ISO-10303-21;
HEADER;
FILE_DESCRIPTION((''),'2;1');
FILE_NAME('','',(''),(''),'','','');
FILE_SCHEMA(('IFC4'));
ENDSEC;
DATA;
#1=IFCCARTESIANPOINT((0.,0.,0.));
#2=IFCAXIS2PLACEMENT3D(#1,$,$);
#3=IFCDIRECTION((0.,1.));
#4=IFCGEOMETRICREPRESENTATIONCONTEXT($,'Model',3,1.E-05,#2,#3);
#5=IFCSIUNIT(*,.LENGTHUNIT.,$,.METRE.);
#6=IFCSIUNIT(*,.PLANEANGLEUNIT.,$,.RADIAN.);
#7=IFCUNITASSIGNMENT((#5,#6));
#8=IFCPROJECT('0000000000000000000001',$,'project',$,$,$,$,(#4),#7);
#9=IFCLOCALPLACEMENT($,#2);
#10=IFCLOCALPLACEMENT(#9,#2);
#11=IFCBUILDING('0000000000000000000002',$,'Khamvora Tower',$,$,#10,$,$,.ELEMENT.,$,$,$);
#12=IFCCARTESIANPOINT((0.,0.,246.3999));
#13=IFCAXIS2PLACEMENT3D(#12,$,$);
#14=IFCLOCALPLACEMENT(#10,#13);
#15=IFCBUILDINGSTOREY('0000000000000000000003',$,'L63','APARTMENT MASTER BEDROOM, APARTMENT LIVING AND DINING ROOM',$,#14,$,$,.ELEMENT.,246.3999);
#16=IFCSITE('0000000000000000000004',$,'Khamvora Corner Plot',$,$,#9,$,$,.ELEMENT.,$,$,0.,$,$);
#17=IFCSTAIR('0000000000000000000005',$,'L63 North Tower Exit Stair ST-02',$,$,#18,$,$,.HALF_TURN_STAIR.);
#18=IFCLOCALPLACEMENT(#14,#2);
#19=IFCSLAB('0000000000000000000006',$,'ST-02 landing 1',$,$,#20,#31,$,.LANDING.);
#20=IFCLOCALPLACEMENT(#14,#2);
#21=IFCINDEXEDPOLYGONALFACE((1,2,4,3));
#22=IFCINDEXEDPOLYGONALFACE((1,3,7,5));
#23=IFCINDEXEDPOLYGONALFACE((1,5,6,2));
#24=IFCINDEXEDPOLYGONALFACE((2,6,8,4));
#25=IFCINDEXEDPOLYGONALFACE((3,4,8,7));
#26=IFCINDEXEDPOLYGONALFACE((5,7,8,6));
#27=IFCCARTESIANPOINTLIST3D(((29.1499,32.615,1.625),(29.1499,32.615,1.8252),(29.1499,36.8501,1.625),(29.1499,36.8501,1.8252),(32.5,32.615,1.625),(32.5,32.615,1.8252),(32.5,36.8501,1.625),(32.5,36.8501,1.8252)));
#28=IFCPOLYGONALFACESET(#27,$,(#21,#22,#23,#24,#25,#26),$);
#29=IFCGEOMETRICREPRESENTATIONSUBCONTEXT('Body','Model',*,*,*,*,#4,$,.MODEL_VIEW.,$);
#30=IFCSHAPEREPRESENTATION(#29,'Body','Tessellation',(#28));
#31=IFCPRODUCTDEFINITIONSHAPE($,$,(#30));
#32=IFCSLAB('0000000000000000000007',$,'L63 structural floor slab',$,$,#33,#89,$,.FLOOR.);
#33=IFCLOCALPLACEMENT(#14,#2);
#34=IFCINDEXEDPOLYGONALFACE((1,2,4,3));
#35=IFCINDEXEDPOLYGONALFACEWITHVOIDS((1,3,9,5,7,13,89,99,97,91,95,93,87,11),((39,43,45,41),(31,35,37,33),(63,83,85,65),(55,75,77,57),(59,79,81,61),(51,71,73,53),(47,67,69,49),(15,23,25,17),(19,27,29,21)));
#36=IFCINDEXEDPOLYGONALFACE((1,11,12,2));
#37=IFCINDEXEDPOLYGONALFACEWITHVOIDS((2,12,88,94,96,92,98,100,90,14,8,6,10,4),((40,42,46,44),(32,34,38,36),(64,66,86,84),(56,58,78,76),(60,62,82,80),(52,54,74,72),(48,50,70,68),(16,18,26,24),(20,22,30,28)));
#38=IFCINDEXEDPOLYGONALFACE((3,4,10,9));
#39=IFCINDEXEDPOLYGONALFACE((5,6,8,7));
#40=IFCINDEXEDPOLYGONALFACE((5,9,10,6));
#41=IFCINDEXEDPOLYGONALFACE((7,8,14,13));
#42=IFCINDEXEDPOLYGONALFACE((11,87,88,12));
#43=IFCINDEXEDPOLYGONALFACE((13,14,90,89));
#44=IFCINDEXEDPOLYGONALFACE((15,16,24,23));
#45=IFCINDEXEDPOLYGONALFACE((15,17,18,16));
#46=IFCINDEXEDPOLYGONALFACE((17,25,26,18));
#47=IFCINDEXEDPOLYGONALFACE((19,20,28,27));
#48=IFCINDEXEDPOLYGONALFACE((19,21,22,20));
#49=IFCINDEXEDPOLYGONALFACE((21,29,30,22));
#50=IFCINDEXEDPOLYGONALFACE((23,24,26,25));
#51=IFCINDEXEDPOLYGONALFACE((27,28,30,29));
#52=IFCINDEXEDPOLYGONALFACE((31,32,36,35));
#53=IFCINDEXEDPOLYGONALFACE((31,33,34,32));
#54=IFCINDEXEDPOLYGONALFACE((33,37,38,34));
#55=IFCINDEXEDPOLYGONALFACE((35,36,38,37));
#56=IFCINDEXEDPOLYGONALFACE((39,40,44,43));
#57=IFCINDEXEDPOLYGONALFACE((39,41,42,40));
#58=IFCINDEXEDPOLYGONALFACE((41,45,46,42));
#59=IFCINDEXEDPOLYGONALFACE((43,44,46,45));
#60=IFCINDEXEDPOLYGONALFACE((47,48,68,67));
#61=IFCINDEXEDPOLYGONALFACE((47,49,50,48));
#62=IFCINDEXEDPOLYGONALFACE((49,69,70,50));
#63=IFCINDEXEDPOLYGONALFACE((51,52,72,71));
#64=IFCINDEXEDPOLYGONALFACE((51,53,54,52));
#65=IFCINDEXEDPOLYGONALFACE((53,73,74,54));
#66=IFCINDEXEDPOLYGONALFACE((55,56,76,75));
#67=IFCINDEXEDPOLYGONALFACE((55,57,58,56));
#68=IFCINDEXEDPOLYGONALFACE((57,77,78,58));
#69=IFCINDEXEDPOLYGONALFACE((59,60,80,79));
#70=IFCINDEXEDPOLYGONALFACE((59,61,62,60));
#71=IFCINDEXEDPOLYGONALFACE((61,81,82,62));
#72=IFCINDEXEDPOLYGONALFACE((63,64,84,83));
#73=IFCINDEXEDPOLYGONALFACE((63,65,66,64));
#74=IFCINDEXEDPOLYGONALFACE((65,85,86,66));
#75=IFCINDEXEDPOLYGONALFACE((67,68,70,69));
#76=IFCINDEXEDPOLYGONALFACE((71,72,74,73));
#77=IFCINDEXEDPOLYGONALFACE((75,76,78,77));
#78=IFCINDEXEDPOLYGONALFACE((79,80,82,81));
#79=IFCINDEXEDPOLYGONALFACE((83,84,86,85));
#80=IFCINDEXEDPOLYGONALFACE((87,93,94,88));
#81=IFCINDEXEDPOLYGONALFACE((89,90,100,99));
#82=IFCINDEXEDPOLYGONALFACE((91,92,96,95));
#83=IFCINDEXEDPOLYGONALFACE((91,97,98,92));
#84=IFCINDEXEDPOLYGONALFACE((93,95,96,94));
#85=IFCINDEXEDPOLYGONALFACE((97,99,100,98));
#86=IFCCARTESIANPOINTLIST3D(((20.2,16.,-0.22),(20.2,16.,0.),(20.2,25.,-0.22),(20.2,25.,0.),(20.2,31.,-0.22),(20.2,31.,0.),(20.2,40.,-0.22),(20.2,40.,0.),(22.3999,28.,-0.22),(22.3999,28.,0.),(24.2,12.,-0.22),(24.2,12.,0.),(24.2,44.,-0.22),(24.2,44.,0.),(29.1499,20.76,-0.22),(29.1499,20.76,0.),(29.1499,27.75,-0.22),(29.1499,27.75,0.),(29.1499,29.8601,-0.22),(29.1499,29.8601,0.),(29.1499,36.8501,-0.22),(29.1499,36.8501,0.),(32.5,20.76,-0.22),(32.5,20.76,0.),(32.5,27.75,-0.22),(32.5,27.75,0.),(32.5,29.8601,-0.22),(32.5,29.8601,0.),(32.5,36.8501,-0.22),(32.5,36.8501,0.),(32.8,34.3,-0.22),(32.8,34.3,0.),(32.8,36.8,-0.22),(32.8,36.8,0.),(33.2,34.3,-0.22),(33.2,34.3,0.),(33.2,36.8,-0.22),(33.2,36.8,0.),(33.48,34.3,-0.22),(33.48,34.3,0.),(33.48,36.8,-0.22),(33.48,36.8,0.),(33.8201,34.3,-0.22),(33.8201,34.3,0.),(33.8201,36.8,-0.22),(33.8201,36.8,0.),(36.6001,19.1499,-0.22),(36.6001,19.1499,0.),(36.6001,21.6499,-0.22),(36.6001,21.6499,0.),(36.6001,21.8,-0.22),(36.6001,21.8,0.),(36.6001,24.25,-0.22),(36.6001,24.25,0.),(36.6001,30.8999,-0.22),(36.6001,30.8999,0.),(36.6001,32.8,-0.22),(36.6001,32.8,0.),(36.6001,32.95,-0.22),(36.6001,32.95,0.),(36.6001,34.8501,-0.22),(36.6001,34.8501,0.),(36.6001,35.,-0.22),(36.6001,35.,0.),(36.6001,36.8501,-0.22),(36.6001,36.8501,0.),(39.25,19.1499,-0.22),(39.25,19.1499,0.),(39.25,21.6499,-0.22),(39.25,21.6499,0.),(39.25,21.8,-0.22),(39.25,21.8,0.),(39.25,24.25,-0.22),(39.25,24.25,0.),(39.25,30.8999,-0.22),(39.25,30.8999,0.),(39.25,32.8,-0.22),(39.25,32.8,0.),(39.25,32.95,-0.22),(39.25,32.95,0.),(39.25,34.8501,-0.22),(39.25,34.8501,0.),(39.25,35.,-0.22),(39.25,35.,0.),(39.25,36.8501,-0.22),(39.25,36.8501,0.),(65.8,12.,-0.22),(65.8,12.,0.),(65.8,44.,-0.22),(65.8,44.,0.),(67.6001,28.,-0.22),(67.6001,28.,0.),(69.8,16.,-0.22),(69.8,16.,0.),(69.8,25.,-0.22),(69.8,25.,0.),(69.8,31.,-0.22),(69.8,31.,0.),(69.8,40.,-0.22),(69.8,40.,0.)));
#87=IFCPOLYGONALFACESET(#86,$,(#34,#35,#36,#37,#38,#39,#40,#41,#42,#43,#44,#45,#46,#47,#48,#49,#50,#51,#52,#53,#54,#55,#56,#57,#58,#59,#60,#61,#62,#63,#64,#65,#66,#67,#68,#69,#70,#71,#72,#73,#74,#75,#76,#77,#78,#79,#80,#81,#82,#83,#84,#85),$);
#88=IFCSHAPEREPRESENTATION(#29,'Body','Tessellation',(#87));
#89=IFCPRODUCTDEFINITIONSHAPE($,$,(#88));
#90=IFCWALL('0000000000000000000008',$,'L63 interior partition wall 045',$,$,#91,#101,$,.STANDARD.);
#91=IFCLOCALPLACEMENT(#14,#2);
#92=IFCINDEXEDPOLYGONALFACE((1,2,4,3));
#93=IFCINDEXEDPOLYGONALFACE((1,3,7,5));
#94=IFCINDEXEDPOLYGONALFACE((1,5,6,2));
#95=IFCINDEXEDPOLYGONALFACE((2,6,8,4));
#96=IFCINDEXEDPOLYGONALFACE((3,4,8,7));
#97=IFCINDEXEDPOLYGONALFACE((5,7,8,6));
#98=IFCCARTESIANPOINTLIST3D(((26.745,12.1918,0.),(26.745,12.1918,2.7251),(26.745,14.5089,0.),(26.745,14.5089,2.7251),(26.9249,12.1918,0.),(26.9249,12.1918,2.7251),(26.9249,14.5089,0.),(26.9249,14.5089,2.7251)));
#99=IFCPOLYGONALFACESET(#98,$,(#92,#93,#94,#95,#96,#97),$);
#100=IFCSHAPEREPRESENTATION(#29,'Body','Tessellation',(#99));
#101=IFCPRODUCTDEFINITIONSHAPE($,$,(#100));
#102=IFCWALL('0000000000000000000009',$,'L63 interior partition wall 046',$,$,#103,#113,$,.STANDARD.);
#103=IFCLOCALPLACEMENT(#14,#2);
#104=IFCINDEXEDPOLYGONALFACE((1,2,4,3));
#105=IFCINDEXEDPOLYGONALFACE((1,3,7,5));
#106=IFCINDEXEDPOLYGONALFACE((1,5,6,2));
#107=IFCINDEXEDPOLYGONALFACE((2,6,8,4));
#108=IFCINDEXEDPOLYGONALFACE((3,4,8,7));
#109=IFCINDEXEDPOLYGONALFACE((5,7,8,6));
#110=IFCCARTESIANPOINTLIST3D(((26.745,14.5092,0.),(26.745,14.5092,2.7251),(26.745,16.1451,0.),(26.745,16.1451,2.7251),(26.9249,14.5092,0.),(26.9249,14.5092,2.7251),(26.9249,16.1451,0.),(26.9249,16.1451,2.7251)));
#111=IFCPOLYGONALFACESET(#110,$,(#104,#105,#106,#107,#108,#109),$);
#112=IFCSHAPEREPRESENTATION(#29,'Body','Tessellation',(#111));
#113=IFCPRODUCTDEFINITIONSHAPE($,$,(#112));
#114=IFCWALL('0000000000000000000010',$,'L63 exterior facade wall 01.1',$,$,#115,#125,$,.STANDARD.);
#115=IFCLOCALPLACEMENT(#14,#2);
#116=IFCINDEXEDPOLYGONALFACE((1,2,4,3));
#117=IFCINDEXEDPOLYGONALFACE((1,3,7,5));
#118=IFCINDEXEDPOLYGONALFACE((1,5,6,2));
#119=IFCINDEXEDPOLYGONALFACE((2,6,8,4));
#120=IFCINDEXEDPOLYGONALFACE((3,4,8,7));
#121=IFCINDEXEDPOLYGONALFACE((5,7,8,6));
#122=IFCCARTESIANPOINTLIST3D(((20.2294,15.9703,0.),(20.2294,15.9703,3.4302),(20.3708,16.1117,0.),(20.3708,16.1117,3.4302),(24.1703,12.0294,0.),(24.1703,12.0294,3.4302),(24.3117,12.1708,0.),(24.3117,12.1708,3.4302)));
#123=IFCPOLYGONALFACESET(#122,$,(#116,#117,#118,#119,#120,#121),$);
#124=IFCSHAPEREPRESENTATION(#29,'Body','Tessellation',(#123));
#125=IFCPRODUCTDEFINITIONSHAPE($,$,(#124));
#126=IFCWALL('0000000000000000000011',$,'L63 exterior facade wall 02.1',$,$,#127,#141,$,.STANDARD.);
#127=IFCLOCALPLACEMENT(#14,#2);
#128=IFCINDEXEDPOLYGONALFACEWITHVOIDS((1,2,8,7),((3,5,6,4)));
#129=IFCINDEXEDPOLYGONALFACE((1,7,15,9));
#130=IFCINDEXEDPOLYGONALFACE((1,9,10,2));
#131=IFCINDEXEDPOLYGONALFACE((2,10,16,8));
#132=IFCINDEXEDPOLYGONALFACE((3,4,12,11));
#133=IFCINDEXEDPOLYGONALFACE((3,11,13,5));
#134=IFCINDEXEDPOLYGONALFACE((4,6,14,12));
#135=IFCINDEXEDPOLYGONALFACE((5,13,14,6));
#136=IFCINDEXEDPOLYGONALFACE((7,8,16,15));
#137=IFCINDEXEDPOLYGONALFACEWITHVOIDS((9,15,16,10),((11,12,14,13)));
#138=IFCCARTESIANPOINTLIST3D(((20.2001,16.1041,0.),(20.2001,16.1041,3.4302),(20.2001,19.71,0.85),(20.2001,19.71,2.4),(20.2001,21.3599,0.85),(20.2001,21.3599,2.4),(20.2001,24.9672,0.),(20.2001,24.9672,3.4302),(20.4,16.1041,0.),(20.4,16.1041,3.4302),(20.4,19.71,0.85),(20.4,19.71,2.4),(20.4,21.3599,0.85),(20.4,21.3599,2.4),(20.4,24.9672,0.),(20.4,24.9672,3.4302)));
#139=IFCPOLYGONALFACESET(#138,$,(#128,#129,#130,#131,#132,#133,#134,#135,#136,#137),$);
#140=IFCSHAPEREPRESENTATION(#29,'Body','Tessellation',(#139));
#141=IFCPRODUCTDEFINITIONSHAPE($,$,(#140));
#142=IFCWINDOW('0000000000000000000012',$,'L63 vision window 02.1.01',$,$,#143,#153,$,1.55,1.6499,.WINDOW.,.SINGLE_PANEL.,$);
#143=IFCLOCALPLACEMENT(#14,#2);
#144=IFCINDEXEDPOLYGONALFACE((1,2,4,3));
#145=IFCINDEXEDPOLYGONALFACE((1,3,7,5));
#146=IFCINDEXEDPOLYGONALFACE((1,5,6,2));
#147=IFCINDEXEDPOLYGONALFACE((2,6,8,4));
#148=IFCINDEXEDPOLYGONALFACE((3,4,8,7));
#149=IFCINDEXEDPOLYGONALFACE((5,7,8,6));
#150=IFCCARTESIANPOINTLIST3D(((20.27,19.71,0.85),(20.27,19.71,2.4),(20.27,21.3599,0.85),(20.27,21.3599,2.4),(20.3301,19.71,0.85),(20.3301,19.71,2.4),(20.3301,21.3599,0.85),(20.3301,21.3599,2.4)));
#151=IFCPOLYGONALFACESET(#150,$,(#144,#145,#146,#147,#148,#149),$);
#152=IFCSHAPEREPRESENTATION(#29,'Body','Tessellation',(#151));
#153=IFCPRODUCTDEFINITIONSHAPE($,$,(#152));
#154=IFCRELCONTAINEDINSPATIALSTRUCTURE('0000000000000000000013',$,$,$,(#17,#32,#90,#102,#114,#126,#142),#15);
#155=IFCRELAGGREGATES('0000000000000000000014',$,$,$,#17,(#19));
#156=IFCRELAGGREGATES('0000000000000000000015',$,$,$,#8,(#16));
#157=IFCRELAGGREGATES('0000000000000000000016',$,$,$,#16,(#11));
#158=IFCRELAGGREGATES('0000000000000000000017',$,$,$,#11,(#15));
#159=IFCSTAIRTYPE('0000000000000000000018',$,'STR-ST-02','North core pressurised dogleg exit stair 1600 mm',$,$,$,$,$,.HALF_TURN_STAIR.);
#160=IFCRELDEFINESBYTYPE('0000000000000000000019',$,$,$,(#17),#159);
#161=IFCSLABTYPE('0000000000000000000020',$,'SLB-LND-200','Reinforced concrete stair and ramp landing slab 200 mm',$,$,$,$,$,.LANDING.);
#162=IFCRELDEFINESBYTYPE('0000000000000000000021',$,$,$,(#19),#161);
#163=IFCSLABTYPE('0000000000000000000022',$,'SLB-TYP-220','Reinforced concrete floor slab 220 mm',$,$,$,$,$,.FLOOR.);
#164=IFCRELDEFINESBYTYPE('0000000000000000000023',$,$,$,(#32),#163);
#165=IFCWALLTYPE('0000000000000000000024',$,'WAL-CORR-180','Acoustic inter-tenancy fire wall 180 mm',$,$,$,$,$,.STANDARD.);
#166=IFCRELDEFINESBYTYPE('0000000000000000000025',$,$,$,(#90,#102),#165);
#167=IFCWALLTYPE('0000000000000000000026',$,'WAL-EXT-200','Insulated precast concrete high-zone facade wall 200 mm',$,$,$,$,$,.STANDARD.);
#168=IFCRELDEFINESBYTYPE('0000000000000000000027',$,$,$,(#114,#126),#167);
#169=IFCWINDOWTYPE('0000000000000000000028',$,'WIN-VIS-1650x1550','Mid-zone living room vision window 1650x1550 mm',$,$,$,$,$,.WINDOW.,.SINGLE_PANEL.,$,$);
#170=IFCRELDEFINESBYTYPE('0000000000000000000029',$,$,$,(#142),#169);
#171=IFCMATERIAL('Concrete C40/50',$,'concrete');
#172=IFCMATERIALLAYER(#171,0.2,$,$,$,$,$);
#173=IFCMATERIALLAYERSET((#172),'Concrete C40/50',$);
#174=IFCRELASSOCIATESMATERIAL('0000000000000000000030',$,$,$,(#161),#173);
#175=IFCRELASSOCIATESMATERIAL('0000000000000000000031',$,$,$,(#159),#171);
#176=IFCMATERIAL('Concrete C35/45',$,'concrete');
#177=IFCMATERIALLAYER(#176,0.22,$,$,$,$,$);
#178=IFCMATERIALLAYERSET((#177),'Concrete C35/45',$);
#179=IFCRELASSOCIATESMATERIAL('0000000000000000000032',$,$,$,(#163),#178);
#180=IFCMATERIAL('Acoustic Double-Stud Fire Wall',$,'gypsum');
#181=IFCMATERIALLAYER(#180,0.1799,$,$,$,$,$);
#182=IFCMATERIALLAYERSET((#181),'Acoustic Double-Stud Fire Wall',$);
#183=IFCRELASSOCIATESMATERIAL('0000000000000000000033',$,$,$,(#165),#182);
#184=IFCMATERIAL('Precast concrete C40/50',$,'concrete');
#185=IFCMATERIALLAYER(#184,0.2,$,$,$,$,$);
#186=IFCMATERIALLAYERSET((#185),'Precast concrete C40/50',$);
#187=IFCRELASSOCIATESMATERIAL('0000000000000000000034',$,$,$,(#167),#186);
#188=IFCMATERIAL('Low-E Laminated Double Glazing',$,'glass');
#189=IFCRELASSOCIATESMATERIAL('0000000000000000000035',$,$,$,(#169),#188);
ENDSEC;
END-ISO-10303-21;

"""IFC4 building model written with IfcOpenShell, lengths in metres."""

from ifc_helpers import new_model, si_unit, direction, frame, frame_2d, origin, place, context, subcontext, project, spatial, polyline, rectangle, outline, extrude, material, layer, layer_set, type_object, element, fill, aggregate, save


model = new_model("IFC4")

# Units and contexts
model_context = context("Model", 3, precision=1e-05, world=origin(), true_north=direction((0.0, 1.0)))
body_context = subcontext(model_context, "Body", "Model", "MODEL_VIEW")
ifc_project = project(units=[si_unit("LENGTHUNIT", "METRE"), si_unit("PLANEANGLEUNIT", "RADIAN")], contexts=[model_context])

# Site, building, storey
site_placement = place(None, origin())
site = spatial("IfcSite", under=ifc_project, at=site_placement, Name="Khamvora Corner Plot", CompositionType="ELEMENT", RefElevation=0.0)
building_placement = place(site_placement, origin())
building = spatial("IfcBuilding", under=site, at=building_placement, Name="Khamvora Tower", CompositionType="ELEMENT")
storey_placement = place(building_placement, frame((0.0, 0.0, 246.3999)))
storey = spatial("IfcBuildingStorey", under=building, at=storey_placement, Name="L63", Description="APARTMENT MASTER BEDROOM, APARTMENT LIVING AND DINING ROOM", CompositionType="ELEMENT", Elevation=246.3999)

# Stair, slab
ifc_material_1 = material(Name="Concrete C40/50", Category="concrete")
ifc_layer_1 = layer(ifc_material_1, 0.2)
ifc_layer_set_1 = layer_set([ifc_layer_1], Name="Concrete C40/50")
slab_type_1 = type_object("IfcSlabType", Name="SLB-LND-200", Description="Reinforced concrete stair and ramp landing slab 200 mm", PredefinedType="LANDING", material=ifc_layer_set_1)
stair_type_1 = type_object("IfcStairType", Name="STR-ST-02", Description="North core pressurised dogleg exit stair 1600 mm", PredefinedType="HALF_TURN_STAIR", material=ifc_material_1)
stair_1_placement = place(storey_placement, origin())
stair_1 = element("IfcStair", 1, at=stair_1_placement, inside=storey, type_object=stair_type_1, Name="L63 North Tower Exit Stair ST-02", PredefinedType="HALF_TURN_STAIR")
slab_1_placement = place(storey_placement, frame((0.0, 0.0, 1.625)))
slab_1 = element("IfcSlab", 2, at=slab_1_placement, type_object=slab_type_1, Name="ST-02 landing 1", PredefinedType="LANDING", context=body_context, shape_type="SweptSolid", body=[
    extrude(outline(polyline([(32.5, 32.615), (32.5, 36.8501), (29.1499, 36.8501), (29.1499, 32.615), (32.5, 32.615)])), origin(), (0.0, 0.0, 1.0), 0.2002),
])
aggregate(stair_1, [slab_1])

# Slab
ifc_material_2 = material(Name="Concrete C35/45", Category="concrete")
ifc_layer_2 = layer(ifc_material_2, 0.22)
ifc_layer_set_2 = layer_set([ifc_layer_2], Name="Concrete C35/45")
slab_type_2 = type_object("IfcSlabType", Name="SLB-TYP-220", Description="Reinforced concrete floor slab 220 mm", PredefinedType="FLOOR", material=ifc_layer_set_2)
slab_2_placement = place(storey_placement, frame((0.0, 0.0, -0.22)))
element("IfcSlab", 3, at=slab_2_placement, inside=storey, type_object=slab_type_2, Name="L63 structural floor slab", PredefinedType="FLOOR", context=body_context, shape_type="SweptSolid", body=[
    extrude(outline(polyline([(24.2, 12.0), (65.8, 12.0), (69.8, 16.0), (69.8, 25.0), (67.6001, 28.0), (69.8, 31.0), (69.8, 40.0), (65.8, 44.0), (24.2, 44.0), (20.2, 40.0), (20.2, 31.0), (22.3999, 28.0), (20.2, 25.0), (20.2, 16.0), (24.2, 12.0)]), holes=[polyline([(32.5, 20.76), (32.5, 27.75), (29.1499, 27.75), (29.1499, 20.76), (32.5, 20.76)]), polyline([(32.5, 29.8601), (32.5, 36.8501), (29.1499, 36.8501), (29.1499, 29.8601), (32.5, 29.8601)]), polyline([(36.6001, 19.1499), (39.25, 19.1499), (39.25, 21.6499), (36.6001, 21.6499), (36.6001, 19.1499)]), polyline([(36.6001, 21.8), (39.25, 21.8), (39.25, 24.25), (36.6001, 24.25), (36.6001, 21.8)]), polyline([(36.6001, 30.8999), (39.25, 30.8999), (39.25, 32.8), (36.6001, 32.8), (36.6001, 30.8999)]), polyline([(36.6001, 32.95), (39.25, 32.95), (39.25, 34.8501), (36.6001, 34.8501), (36.6001, 32.95)]), polyline([(36.6001, 35.0), (39.25, 35.0), (39.25, 36.8501), (36.6001, 36.8501), (36.6001, 35.0)]), polyline([(32.8, 34.3), (33.2, 34.3), (33.2, 36.8), (32.8, 36.8), (32.8, 34.3)]), polyline([(33.48, 34.3), (33.8201, 34.3), (33.8201, 36.8), (33.48, 36.8), (33.48, 34.3)])]), origin(), (0.0, 0.0, 1.0), 0.22),
])

# Walls
ifc_material_3 = material(Name="Acoustic Double-Stud Fire Wall", Category="gypsum")
ifc_layer_3 = layer(ifc_material_3, 0.1799)
ifc_layer_set_3 = layer_set([ifc_layer_3], Name="Acoustic Double-Stud Fire Wall")
wall_type_1 = type_object("IfcWallType", Name="WAL-CORR-180", Description="Acoustic inter-tenancy fire wall 180 mm", PredefinedType="STANDARD", material=ifc_layer_set_3)
wall_1_placement = place(storey_placement, frame((26.835, 14.509, 0.0), z_axis=(0.0, 0.0, 1.0), x_axis=(0.0, -1.0, 0.0)))
element("IfcWall", 4, at=wall_1_placement, inside=storey, type_object=wall_type_1, Name="L63 interior partition wall 045", PredefinedType="STANDARD", context=body_context, shape_type="SweptSolid", body=[
    extrude(rectangle(XDim=2.3171, YDim=0.1799, at=frame_2d((1.1587, 0.0))), origin(), (0.0, 0.0, 1.0), 2.7251),
])
wall_2_placement = place(storey_placement, frame((26.835, 16.145, 0.0), z_axis=(0.0, 0.0, 1.0), x_axis=(0.0, -1.0, 0.0)))
element("IfcWall", 5, at=wall_2_placement, inside=storey, type_object=wall_type_1, Name="L63 interior partition wall 046", PredefinedType="STANDARD", context=body_context, shape_type="SweptSolid", body=[
    extrude(rectangle(XDim=1.636, YDim=0.1799, at=frame_2d((0.8179, 0.0))), origin(), (0.0, 0.0, 1.0), 2.7251),
])
ifc_material_4 = material(Name="Precast concrete C40/50", Category="concrete")
ifc_layer_4 = layer(ifc_material_4, 0.2)
ifc_layer_set_4 = layer_set([ifc_layer_4], Name="Precast concrete C40/50")
wall_type_2 = type_object("IfcWallType", Name="WAL-EXT-200", Description="Insulated precast concrete high-zone facade wall 200 mm", PredefinedType="STANDARD", material=ifc_layer_set_4)
wall_3_placement = place(storey_placement, frame((24.241, 12.1001, 0.0), z_axis=(0.0, 0.0, 1.0), x_axis=(-0.707107, 0.707107, 0.0)))
element("IfcWall", 6, at=wall_3_placement, inside=storey, type_object=wall_type_2, Name="L63 exterior facade wall 01.1", PredefinedType="STANDARD", context=body_context, shape_type="SweptSolid", body=[
    extrude(rectangle(XDim=5.5732, YDim=0.2, at=frame_2d((2.7866, 0.0))), origin(), (0.0, 0.0, 1.0), 3.4302),
])

# Wall, opening, window
wall_4_placement = place(storey_placement, frame((20.3, 16.104, 0.0), z_axis=(0.0, 0.0, 1.0), x_axis=(0.0, 1.0, 0.0)))
wall_4 = element("IfcWall", 7, at=wall_4_placement, inside=storey, type_object=wall_type_2, Name="L63 exterior facade wall 02.1", PredefinedType="STANDARD", context=body_context, shape_type="SweptSolid", body=[
    extrude(rectangle(XDim=8.863, YDim=0.2, at=frame_2d((4.4316, 0.0))), origin(), (0.0, 0.0, 1.0), 3.4302),
])
opening_1_placement = place(wall_4_placement, frame((3.606, 0.0, 0.8501)))
opening_1 = element("IfcOpeningElement", 8, at=opening_1_placement, cuts=wall_4, PredefinedType="OPENING", context=body_context, shape_type="SweptSolid", body=[
    extrude(rectangle(XDim=1.6499, YDim=1.55, at=frame_2d((0.825, 0.7749))), frame((0.0, 0.1099, 0.0), z_axis=(0.0, -1.0, 0.0), x_axis=(1.0, 0.0, 0.0)), (0.0, 0.0, 1.0), 0.22),
])
ifc_material_5 = material(Name="Low-E Laminated Double Glazing", Category="glass")
window_type = type_object("IfcWindowType", Name="WIN-VIS-1650x1550", Description="Mid-zone living room vision window 1650x1550 mm", PartitioningType="SINGLE_PANEL", PredefinedType="WINDOW", material=ifc_material_5)
window_1_placement = place(opening_1_placement, origin())
window_1 = element("IfcWindow", 9, at=window_1_placement, inside=storey, type_object=window_type, Name="L63 vision window 02.1.01", OverallHeight=1.55, OverallWidth=1.6499, PartitioningType="SINGLE_PANEL", PredefinedType="WINDOW", context=body_context, shape_type="SweptSolid", body=[
    extrude(rectangle(XDim=1.6499, YDim=1.55, at=frame_2d((0.825, 0.7749))), frame((0.0, 0.03, 0.0), z_axis=(0.0, -1.0, 0.0), x_axis=(1.0, 0.0, 0.0)), (0.0, 0.0, 1.0), 0.0601),
])
fill(opening_1, window_1)

save(model, "model.ifc")
